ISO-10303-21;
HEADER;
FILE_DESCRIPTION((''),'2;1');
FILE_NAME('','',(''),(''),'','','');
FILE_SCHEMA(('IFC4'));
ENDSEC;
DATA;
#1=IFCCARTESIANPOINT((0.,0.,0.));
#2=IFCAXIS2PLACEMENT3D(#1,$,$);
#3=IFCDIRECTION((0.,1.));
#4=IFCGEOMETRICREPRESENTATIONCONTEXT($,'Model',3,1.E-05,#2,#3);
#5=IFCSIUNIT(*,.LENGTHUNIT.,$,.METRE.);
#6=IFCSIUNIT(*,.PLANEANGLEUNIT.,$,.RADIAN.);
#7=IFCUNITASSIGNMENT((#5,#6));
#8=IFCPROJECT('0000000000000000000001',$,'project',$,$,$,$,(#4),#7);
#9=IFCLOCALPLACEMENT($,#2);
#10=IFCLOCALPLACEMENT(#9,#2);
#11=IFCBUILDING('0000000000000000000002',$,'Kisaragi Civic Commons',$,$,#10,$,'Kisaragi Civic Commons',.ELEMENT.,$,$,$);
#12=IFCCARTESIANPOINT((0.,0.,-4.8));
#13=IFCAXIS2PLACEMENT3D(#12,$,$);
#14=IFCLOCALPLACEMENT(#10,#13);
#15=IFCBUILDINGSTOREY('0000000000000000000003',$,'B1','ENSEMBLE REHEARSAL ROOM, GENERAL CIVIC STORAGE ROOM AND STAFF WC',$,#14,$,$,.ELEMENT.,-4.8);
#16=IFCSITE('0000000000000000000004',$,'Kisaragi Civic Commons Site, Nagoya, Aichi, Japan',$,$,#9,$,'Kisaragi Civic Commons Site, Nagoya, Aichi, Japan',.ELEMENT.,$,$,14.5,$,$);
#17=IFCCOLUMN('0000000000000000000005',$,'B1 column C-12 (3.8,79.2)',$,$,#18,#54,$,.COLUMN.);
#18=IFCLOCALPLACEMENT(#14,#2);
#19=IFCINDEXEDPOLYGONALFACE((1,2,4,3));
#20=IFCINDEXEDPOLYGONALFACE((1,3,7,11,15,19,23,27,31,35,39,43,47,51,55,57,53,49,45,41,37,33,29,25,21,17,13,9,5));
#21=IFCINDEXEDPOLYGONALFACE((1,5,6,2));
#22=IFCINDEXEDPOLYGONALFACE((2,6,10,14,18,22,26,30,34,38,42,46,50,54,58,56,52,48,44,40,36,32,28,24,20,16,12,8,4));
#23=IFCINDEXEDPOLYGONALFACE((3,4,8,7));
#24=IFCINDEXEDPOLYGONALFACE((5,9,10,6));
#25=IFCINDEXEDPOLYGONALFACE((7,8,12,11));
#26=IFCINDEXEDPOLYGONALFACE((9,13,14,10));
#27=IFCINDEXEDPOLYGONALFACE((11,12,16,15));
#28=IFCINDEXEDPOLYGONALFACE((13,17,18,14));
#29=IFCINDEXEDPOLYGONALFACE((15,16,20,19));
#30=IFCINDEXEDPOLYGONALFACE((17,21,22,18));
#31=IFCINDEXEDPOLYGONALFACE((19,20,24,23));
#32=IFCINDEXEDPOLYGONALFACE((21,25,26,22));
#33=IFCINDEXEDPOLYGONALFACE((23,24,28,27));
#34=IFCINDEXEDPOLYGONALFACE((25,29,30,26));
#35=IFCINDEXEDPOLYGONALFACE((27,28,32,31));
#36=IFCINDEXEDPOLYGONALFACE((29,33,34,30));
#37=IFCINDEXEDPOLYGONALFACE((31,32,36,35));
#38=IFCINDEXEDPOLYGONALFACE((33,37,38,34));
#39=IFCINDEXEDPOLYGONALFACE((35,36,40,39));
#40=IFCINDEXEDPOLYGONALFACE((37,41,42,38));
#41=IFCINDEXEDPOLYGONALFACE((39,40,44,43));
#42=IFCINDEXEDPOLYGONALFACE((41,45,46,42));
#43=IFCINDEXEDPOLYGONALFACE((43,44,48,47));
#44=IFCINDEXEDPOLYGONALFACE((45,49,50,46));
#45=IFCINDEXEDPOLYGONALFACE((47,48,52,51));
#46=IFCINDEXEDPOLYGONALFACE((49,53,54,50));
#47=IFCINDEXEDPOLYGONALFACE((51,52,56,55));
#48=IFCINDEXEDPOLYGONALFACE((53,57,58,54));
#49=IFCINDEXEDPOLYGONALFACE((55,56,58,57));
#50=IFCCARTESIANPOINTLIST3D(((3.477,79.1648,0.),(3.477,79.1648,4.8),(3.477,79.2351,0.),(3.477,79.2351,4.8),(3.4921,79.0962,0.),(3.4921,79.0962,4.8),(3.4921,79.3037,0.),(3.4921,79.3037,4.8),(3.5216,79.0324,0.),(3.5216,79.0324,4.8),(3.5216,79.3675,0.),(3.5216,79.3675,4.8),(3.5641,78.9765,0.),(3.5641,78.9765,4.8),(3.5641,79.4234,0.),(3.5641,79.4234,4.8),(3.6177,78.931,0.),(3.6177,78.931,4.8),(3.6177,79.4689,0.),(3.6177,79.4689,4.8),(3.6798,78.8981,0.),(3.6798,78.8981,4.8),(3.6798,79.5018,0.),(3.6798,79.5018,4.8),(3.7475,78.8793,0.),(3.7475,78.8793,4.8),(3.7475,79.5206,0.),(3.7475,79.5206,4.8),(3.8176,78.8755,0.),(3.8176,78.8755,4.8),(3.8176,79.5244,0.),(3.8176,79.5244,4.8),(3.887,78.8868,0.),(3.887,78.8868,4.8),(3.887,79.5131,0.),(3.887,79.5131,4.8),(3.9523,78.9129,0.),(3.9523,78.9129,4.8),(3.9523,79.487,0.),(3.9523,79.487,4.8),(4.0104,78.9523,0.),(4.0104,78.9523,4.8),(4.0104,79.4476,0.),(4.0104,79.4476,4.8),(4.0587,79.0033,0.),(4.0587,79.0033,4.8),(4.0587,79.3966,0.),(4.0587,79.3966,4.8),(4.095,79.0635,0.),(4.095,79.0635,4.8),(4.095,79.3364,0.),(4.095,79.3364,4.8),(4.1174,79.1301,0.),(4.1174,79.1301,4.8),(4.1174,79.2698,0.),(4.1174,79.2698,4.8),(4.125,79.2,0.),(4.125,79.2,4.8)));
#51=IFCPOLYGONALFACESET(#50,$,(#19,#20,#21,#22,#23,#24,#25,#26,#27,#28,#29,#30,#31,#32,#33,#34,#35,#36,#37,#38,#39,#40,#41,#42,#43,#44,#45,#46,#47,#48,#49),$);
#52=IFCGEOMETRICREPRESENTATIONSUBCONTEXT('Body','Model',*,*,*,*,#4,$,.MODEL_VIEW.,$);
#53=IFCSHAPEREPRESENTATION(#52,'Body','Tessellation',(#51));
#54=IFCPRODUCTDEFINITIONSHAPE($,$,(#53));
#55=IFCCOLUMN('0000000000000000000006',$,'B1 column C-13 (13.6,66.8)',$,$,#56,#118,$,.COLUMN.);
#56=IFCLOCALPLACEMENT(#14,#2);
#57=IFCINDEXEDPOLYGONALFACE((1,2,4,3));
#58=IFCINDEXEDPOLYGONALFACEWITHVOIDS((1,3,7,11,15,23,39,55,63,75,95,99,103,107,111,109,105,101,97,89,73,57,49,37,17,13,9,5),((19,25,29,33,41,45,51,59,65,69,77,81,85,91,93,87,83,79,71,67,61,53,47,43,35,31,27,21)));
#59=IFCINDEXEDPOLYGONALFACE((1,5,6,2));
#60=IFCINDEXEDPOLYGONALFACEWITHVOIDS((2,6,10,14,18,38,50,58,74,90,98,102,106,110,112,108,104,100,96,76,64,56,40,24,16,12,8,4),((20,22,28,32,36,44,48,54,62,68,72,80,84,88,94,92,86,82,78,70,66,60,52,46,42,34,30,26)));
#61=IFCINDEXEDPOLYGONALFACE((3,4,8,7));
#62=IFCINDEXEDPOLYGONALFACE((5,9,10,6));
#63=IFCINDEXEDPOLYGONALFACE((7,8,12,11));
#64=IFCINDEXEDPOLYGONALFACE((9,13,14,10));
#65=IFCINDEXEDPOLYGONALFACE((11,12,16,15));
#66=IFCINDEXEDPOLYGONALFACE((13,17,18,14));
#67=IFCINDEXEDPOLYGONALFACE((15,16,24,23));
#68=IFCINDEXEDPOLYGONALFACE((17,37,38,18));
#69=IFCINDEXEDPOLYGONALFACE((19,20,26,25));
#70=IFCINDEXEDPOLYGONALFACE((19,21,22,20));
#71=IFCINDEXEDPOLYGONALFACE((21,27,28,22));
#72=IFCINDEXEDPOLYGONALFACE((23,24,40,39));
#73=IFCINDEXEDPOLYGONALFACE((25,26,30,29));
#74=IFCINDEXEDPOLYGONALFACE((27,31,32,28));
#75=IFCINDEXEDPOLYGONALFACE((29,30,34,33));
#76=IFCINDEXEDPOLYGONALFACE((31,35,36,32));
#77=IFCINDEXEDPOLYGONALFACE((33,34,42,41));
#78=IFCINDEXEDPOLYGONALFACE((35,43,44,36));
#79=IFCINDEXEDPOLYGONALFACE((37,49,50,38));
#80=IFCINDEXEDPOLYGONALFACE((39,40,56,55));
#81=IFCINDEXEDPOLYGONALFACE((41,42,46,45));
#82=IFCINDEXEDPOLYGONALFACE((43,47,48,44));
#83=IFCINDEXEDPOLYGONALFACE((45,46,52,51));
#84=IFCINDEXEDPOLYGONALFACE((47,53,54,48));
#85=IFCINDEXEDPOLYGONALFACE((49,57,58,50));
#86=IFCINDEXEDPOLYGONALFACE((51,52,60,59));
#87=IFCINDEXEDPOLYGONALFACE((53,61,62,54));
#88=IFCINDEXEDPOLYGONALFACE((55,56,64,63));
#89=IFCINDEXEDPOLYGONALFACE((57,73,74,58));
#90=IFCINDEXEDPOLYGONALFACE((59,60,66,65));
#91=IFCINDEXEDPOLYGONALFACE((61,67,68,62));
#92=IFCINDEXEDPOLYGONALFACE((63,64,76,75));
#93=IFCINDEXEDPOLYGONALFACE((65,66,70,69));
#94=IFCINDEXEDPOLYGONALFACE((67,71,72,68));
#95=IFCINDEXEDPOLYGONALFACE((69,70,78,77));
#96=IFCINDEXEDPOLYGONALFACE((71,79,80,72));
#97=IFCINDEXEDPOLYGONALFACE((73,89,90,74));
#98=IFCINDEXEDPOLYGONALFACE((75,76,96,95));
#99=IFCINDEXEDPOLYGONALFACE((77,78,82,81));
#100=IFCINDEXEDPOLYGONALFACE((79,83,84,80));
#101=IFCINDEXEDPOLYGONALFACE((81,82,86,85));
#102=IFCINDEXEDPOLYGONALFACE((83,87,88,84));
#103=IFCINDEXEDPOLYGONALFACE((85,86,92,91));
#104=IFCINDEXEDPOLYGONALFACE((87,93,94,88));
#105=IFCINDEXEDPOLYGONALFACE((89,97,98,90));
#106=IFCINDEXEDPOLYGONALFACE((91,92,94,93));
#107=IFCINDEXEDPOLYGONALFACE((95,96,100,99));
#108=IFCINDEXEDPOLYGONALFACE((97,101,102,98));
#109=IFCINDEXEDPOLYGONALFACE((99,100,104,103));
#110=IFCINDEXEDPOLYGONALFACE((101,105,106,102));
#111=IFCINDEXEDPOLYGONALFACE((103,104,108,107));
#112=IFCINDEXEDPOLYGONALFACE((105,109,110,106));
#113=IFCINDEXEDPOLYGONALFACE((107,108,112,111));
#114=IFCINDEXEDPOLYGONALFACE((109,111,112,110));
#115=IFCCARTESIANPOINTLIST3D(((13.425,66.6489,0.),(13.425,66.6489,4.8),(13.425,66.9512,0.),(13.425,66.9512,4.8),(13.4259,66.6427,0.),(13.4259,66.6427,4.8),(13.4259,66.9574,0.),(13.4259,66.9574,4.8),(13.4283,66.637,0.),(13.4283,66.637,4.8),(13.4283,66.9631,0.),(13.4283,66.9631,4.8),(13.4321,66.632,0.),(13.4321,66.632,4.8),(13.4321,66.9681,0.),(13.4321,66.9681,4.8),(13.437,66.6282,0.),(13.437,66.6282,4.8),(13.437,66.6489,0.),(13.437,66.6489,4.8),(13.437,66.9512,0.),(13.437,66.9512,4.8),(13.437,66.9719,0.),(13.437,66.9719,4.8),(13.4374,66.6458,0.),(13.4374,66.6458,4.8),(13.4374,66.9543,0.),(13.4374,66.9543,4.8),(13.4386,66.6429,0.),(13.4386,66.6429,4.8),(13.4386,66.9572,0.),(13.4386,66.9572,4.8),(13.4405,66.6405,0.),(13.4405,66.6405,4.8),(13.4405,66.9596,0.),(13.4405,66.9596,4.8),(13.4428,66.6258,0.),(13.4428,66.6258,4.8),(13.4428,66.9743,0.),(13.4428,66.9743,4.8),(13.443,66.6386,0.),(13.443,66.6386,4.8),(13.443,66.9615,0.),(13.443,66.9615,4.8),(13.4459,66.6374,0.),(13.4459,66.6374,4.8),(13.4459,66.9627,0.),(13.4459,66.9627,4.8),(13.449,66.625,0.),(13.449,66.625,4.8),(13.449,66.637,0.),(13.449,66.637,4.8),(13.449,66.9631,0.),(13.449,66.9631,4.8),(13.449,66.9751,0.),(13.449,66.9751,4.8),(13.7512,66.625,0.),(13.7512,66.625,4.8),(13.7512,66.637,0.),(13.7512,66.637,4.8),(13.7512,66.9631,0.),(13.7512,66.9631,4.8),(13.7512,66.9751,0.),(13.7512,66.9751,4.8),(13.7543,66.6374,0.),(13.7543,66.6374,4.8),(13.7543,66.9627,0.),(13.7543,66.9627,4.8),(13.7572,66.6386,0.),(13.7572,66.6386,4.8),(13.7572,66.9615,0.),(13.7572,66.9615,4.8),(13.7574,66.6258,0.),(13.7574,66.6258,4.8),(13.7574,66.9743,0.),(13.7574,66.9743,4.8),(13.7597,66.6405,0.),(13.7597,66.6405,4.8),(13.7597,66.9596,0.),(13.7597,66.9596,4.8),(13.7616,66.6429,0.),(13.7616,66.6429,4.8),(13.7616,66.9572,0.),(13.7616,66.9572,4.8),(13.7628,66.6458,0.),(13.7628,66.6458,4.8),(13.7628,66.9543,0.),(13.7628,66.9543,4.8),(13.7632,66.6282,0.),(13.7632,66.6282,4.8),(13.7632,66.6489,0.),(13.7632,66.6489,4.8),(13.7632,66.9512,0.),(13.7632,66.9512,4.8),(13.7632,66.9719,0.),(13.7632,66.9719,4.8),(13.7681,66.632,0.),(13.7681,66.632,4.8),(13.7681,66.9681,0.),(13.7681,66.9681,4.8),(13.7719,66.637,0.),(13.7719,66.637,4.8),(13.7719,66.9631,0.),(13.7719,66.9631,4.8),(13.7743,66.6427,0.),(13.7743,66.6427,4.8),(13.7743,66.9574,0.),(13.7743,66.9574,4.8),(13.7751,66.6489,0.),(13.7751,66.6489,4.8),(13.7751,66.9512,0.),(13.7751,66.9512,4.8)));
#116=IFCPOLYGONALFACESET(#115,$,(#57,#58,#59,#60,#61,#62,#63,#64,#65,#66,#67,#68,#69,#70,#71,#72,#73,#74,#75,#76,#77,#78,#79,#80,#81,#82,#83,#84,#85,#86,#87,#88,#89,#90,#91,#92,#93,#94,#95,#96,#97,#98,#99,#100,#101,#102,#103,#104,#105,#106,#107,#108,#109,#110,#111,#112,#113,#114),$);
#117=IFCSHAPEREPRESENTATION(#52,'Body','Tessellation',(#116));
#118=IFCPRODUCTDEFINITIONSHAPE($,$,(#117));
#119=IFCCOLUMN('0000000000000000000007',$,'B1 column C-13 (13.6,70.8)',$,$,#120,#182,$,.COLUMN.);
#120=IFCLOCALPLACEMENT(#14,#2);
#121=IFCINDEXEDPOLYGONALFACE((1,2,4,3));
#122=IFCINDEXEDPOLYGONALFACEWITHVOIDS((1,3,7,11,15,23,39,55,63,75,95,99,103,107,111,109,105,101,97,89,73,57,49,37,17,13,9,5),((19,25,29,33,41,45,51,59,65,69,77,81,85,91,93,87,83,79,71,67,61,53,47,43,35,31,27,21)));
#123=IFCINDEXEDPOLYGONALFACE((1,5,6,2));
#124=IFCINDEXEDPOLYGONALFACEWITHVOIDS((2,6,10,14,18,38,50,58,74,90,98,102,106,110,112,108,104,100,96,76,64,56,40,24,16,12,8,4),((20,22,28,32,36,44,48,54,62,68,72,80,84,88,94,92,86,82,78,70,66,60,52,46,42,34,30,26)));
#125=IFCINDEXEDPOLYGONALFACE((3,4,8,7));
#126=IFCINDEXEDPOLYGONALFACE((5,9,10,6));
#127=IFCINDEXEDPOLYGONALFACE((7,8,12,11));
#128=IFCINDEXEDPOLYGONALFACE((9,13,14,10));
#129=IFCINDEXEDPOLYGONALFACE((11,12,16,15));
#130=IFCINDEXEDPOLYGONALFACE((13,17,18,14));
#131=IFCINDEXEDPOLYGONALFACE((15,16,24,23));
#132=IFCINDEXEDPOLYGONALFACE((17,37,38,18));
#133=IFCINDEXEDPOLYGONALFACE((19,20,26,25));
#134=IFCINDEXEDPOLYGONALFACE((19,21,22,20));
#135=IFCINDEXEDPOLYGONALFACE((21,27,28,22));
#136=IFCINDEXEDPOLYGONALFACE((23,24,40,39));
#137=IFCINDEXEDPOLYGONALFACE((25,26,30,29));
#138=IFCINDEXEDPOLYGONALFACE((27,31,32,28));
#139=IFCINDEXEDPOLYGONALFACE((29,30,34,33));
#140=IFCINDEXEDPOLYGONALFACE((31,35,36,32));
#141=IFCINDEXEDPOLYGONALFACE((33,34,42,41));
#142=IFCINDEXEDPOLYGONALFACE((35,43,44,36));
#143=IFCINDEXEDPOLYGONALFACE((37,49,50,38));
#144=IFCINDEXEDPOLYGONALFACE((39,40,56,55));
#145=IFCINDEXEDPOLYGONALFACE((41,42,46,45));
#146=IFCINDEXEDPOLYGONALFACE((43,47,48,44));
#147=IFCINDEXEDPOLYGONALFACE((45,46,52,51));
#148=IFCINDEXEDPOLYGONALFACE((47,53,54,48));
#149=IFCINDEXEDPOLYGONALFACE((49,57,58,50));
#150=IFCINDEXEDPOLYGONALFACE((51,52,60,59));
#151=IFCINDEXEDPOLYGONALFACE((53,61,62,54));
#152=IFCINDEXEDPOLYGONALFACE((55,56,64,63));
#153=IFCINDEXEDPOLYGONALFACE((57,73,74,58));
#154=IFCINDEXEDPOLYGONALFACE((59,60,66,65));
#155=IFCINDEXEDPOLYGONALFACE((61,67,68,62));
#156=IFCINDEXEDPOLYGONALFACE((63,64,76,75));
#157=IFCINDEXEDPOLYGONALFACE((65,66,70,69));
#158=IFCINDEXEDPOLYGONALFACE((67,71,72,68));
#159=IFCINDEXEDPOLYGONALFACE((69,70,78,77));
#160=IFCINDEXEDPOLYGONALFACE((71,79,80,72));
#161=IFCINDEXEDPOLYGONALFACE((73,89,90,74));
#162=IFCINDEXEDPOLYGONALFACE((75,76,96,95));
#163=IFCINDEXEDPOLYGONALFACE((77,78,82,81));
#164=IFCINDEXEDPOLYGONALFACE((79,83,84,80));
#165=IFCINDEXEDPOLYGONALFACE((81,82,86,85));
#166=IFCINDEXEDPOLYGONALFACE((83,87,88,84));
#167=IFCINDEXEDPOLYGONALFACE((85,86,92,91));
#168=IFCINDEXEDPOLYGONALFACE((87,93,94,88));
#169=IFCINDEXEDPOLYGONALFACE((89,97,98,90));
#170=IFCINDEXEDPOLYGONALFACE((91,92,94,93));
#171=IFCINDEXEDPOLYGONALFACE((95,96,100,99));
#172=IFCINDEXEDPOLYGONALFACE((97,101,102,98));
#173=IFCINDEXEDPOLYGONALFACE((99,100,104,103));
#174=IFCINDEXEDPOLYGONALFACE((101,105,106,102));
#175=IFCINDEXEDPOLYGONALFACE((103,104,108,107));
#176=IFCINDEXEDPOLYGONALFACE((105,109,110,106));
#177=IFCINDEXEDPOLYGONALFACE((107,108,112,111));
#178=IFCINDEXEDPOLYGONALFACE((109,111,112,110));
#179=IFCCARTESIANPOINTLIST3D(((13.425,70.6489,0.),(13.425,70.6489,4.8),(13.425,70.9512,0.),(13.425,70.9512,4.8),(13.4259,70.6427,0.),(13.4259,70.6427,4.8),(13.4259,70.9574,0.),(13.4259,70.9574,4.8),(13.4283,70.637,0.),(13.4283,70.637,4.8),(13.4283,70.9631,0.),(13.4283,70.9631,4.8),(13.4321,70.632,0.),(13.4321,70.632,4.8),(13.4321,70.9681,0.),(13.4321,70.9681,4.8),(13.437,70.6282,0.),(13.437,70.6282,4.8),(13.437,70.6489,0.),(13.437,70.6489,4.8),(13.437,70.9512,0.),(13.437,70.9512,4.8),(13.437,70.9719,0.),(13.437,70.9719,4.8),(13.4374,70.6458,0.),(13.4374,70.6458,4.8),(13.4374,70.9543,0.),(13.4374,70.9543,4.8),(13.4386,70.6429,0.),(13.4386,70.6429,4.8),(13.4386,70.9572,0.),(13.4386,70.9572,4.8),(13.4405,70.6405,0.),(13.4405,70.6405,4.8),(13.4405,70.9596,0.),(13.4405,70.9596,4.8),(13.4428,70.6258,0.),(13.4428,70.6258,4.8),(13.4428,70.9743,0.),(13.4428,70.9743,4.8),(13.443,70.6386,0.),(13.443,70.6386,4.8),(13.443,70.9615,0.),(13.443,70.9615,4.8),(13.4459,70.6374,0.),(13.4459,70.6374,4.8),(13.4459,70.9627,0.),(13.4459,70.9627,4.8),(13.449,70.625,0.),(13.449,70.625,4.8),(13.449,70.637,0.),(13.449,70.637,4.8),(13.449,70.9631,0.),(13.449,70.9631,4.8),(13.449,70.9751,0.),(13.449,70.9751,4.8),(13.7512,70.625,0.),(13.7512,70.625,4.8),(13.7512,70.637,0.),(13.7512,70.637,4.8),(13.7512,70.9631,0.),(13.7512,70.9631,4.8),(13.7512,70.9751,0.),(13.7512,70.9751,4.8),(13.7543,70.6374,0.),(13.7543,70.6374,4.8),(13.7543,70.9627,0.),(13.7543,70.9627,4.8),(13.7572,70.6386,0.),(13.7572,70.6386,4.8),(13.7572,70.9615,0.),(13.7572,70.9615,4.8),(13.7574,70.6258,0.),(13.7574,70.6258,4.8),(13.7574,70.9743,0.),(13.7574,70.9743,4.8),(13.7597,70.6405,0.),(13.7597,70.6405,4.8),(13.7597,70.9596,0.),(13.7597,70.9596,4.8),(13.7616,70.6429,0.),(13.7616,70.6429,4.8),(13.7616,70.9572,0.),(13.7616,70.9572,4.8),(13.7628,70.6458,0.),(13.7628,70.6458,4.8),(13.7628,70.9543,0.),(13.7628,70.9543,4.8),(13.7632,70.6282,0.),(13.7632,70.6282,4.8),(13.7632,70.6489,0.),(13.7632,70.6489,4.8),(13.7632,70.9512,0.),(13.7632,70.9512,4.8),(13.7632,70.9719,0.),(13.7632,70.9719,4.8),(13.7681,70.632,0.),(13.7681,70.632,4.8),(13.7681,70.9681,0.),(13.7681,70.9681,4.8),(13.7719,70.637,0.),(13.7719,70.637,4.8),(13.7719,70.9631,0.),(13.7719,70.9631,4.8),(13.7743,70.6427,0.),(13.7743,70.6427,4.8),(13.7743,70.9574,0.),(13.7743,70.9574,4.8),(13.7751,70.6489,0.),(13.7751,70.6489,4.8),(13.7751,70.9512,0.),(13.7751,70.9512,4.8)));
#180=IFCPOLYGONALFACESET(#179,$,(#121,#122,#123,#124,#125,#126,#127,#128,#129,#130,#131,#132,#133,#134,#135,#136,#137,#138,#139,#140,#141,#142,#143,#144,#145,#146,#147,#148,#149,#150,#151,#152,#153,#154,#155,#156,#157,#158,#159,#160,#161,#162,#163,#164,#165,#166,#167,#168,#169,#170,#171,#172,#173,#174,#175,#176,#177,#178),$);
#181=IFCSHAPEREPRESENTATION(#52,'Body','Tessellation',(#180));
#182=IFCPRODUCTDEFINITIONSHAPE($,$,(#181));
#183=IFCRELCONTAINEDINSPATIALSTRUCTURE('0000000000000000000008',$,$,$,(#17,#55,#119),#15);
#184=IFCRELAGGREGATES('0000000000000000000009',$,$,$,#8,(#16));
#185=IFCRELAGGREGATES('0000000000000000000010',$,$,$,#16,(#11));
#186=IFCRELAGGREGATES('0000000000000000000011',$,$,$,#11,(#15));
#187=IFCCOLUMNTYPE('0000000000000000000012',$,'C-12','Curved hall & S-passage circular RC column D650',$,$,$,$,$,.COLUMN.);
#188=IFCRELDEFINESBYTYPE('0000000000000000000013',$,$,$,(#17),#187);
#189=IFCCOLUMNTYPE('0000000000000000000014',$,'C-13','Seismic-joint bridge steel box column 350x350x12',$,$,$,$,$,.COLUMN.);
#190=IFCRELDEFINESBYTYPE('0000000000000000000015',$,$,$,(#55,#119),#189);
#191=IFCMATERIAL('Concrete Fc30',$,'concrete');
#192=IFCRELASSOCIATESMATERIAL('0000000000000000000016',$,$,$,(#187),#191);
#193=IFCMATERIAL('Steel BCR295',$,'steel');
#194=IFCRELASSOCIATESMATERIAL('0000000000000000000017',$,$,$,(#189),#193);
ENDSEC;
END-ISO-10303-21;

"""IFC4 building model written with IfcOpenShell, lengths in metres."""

from ifc_helpers import new_model, si_unit, direction, frame, origin, origin_2d, place, context, subcontext, project, spatial, hollow_rectangle, circle, extrude, material, material_profile, profile_set, type_object, element, save


model = new_model("IFC4")

# Units and contexts
model_context = context("Model", 3, precision=1e-05, world=origin(), true_north=direction((0.0, 1.0)))
body_context = subcontext(model_context, "Body", "Model", "MODEL_VIEW")
ifc_project = project(units=[si_unit("LENGTHUNIT", "METRE"), si_unit("PLANEANGLEUNIT", "RADIAN")], contexts=[model_context])

# Site, building, storey
site_placement = place(None, origin())
site = spatial("IfcSite", under=ifc_project, at=site_placement, Name="Kisaragi Civic Commons Site, Nagoya, Aichi, Japan", LongName="Kisaragi Civic Commons Site, Nagoya, Aichi, Japan", CompositionType="ELEMENT", RefElevation=14.5)
building_placement = place(site_placement, origin())
building = spatial("IfcBuilding", under=site, at=building_placement, Name="Kisaragi Civic Commons", LongName="Kisaragi Civic Commons", CompositionType="ELEMENT")
storey_placement = place(building_placement, frame((0.0, 0.0, -4.8)))
storey = spatial("IfcBuildingStorey", under=building, at=storey_placement, Name="B1", Description="ENSEMBLE REHEARSAL ROOM, GENERAL CIVIC STORAGE ROOM AND STAFF WC", CompositionType="ELEMENT", Elevation=-4.8)

# Columns
ifc_material_1 = material(Name="Concrete Fc30", Category="concrete")
ifc_material_profile_1 = material_profile(ifc_material_1, circle(Radius=0.325, at=origin_2d()), Name="RC-D650", Category="concrete")
ifc_profile_set_1 = profile_set([ifc_material_profile_1], Name="Concrete Fc30")
column_type_1 = type_object("IfcColumnType", Name="C-12", Description="Curved hall & S-passage circular RC column D650", PredefinedType="COLUMN", material=ifc_profile_set_1)
column_placement = place(storey_placement, frame((3.8, 79.2, 0.0), z_axis=(0.0, 0.0, 1.0), x_axis=(1.0, 0.0, 0.0)))
element("IfcColumn", 1, at=column_placement, inside=storey, type_object=column_type_1, Name="B1 column C-12 (3.8,79.2)", PredefinedType="COLUMN", context=body_context, shape_type="SweptSolid", body=[
    extrude(circle(Radius=0.325, at=origin_2d()), origin(), (0.0, 0.0, 1.0), 4.8),
])
ifc_material_2 = material(Name="Steel BCR295", Category="steel")
ifc_material_profile_2 = material_profile(ifc_material_2, hollow_rectangle(XDim=0.3501, YDim=0.3501, WallThickness=0.012, InnerFilletRadius=0.012, OuterFilletRadius=0.0239, at=origin_2d()), Name="BCR-350x350x12", Category="steel")
ifc_profile_set_2 = profile_set([ifc_material_profile_2], Name="Steel BCR295")
column_type_2 = type_object("IfcColumnType", Name="C-13", Description="Seismic-joint bridge steel box column 350x350x12", PredefinedType="COLUMN", material=ifc_profile_set_2)
for number, where, z_axis, x_axis, name in (
    (2, (13.6001, 66.8, 0.0), (0.0, 0.0, 1.0), (1.0, 0.0, 0.0), "B1 column C-13 (13.6,66.8)"),
    (3, (13.6001, 70.8, 0.0), (0.0, 0.0, 1.0), (1.0, 0.0, 0.0), "B1 column C-13 (13.6,70.8)"),
):
    element("IfcColumn", number, at=place(storey_placement, frame(where, z_axis=z_axis, x_axis=x_axis)), inside=storey, type_object=column_type_2, Name=name, PredefinedType="COLUMN", context=body_context, shape_type="SweptSolid", body=[
        extrude(hollow_rectangle(XDim=0.3501, YDim=0.3501, WallThickness=0.012, InnerFilletRadius=0.012, OuterFilletRadius=0.0239, at=origin_2d()), origin(), (0.0, 0.0, 1.0), 4.8),
    ])

save(model, "model.ifc")
